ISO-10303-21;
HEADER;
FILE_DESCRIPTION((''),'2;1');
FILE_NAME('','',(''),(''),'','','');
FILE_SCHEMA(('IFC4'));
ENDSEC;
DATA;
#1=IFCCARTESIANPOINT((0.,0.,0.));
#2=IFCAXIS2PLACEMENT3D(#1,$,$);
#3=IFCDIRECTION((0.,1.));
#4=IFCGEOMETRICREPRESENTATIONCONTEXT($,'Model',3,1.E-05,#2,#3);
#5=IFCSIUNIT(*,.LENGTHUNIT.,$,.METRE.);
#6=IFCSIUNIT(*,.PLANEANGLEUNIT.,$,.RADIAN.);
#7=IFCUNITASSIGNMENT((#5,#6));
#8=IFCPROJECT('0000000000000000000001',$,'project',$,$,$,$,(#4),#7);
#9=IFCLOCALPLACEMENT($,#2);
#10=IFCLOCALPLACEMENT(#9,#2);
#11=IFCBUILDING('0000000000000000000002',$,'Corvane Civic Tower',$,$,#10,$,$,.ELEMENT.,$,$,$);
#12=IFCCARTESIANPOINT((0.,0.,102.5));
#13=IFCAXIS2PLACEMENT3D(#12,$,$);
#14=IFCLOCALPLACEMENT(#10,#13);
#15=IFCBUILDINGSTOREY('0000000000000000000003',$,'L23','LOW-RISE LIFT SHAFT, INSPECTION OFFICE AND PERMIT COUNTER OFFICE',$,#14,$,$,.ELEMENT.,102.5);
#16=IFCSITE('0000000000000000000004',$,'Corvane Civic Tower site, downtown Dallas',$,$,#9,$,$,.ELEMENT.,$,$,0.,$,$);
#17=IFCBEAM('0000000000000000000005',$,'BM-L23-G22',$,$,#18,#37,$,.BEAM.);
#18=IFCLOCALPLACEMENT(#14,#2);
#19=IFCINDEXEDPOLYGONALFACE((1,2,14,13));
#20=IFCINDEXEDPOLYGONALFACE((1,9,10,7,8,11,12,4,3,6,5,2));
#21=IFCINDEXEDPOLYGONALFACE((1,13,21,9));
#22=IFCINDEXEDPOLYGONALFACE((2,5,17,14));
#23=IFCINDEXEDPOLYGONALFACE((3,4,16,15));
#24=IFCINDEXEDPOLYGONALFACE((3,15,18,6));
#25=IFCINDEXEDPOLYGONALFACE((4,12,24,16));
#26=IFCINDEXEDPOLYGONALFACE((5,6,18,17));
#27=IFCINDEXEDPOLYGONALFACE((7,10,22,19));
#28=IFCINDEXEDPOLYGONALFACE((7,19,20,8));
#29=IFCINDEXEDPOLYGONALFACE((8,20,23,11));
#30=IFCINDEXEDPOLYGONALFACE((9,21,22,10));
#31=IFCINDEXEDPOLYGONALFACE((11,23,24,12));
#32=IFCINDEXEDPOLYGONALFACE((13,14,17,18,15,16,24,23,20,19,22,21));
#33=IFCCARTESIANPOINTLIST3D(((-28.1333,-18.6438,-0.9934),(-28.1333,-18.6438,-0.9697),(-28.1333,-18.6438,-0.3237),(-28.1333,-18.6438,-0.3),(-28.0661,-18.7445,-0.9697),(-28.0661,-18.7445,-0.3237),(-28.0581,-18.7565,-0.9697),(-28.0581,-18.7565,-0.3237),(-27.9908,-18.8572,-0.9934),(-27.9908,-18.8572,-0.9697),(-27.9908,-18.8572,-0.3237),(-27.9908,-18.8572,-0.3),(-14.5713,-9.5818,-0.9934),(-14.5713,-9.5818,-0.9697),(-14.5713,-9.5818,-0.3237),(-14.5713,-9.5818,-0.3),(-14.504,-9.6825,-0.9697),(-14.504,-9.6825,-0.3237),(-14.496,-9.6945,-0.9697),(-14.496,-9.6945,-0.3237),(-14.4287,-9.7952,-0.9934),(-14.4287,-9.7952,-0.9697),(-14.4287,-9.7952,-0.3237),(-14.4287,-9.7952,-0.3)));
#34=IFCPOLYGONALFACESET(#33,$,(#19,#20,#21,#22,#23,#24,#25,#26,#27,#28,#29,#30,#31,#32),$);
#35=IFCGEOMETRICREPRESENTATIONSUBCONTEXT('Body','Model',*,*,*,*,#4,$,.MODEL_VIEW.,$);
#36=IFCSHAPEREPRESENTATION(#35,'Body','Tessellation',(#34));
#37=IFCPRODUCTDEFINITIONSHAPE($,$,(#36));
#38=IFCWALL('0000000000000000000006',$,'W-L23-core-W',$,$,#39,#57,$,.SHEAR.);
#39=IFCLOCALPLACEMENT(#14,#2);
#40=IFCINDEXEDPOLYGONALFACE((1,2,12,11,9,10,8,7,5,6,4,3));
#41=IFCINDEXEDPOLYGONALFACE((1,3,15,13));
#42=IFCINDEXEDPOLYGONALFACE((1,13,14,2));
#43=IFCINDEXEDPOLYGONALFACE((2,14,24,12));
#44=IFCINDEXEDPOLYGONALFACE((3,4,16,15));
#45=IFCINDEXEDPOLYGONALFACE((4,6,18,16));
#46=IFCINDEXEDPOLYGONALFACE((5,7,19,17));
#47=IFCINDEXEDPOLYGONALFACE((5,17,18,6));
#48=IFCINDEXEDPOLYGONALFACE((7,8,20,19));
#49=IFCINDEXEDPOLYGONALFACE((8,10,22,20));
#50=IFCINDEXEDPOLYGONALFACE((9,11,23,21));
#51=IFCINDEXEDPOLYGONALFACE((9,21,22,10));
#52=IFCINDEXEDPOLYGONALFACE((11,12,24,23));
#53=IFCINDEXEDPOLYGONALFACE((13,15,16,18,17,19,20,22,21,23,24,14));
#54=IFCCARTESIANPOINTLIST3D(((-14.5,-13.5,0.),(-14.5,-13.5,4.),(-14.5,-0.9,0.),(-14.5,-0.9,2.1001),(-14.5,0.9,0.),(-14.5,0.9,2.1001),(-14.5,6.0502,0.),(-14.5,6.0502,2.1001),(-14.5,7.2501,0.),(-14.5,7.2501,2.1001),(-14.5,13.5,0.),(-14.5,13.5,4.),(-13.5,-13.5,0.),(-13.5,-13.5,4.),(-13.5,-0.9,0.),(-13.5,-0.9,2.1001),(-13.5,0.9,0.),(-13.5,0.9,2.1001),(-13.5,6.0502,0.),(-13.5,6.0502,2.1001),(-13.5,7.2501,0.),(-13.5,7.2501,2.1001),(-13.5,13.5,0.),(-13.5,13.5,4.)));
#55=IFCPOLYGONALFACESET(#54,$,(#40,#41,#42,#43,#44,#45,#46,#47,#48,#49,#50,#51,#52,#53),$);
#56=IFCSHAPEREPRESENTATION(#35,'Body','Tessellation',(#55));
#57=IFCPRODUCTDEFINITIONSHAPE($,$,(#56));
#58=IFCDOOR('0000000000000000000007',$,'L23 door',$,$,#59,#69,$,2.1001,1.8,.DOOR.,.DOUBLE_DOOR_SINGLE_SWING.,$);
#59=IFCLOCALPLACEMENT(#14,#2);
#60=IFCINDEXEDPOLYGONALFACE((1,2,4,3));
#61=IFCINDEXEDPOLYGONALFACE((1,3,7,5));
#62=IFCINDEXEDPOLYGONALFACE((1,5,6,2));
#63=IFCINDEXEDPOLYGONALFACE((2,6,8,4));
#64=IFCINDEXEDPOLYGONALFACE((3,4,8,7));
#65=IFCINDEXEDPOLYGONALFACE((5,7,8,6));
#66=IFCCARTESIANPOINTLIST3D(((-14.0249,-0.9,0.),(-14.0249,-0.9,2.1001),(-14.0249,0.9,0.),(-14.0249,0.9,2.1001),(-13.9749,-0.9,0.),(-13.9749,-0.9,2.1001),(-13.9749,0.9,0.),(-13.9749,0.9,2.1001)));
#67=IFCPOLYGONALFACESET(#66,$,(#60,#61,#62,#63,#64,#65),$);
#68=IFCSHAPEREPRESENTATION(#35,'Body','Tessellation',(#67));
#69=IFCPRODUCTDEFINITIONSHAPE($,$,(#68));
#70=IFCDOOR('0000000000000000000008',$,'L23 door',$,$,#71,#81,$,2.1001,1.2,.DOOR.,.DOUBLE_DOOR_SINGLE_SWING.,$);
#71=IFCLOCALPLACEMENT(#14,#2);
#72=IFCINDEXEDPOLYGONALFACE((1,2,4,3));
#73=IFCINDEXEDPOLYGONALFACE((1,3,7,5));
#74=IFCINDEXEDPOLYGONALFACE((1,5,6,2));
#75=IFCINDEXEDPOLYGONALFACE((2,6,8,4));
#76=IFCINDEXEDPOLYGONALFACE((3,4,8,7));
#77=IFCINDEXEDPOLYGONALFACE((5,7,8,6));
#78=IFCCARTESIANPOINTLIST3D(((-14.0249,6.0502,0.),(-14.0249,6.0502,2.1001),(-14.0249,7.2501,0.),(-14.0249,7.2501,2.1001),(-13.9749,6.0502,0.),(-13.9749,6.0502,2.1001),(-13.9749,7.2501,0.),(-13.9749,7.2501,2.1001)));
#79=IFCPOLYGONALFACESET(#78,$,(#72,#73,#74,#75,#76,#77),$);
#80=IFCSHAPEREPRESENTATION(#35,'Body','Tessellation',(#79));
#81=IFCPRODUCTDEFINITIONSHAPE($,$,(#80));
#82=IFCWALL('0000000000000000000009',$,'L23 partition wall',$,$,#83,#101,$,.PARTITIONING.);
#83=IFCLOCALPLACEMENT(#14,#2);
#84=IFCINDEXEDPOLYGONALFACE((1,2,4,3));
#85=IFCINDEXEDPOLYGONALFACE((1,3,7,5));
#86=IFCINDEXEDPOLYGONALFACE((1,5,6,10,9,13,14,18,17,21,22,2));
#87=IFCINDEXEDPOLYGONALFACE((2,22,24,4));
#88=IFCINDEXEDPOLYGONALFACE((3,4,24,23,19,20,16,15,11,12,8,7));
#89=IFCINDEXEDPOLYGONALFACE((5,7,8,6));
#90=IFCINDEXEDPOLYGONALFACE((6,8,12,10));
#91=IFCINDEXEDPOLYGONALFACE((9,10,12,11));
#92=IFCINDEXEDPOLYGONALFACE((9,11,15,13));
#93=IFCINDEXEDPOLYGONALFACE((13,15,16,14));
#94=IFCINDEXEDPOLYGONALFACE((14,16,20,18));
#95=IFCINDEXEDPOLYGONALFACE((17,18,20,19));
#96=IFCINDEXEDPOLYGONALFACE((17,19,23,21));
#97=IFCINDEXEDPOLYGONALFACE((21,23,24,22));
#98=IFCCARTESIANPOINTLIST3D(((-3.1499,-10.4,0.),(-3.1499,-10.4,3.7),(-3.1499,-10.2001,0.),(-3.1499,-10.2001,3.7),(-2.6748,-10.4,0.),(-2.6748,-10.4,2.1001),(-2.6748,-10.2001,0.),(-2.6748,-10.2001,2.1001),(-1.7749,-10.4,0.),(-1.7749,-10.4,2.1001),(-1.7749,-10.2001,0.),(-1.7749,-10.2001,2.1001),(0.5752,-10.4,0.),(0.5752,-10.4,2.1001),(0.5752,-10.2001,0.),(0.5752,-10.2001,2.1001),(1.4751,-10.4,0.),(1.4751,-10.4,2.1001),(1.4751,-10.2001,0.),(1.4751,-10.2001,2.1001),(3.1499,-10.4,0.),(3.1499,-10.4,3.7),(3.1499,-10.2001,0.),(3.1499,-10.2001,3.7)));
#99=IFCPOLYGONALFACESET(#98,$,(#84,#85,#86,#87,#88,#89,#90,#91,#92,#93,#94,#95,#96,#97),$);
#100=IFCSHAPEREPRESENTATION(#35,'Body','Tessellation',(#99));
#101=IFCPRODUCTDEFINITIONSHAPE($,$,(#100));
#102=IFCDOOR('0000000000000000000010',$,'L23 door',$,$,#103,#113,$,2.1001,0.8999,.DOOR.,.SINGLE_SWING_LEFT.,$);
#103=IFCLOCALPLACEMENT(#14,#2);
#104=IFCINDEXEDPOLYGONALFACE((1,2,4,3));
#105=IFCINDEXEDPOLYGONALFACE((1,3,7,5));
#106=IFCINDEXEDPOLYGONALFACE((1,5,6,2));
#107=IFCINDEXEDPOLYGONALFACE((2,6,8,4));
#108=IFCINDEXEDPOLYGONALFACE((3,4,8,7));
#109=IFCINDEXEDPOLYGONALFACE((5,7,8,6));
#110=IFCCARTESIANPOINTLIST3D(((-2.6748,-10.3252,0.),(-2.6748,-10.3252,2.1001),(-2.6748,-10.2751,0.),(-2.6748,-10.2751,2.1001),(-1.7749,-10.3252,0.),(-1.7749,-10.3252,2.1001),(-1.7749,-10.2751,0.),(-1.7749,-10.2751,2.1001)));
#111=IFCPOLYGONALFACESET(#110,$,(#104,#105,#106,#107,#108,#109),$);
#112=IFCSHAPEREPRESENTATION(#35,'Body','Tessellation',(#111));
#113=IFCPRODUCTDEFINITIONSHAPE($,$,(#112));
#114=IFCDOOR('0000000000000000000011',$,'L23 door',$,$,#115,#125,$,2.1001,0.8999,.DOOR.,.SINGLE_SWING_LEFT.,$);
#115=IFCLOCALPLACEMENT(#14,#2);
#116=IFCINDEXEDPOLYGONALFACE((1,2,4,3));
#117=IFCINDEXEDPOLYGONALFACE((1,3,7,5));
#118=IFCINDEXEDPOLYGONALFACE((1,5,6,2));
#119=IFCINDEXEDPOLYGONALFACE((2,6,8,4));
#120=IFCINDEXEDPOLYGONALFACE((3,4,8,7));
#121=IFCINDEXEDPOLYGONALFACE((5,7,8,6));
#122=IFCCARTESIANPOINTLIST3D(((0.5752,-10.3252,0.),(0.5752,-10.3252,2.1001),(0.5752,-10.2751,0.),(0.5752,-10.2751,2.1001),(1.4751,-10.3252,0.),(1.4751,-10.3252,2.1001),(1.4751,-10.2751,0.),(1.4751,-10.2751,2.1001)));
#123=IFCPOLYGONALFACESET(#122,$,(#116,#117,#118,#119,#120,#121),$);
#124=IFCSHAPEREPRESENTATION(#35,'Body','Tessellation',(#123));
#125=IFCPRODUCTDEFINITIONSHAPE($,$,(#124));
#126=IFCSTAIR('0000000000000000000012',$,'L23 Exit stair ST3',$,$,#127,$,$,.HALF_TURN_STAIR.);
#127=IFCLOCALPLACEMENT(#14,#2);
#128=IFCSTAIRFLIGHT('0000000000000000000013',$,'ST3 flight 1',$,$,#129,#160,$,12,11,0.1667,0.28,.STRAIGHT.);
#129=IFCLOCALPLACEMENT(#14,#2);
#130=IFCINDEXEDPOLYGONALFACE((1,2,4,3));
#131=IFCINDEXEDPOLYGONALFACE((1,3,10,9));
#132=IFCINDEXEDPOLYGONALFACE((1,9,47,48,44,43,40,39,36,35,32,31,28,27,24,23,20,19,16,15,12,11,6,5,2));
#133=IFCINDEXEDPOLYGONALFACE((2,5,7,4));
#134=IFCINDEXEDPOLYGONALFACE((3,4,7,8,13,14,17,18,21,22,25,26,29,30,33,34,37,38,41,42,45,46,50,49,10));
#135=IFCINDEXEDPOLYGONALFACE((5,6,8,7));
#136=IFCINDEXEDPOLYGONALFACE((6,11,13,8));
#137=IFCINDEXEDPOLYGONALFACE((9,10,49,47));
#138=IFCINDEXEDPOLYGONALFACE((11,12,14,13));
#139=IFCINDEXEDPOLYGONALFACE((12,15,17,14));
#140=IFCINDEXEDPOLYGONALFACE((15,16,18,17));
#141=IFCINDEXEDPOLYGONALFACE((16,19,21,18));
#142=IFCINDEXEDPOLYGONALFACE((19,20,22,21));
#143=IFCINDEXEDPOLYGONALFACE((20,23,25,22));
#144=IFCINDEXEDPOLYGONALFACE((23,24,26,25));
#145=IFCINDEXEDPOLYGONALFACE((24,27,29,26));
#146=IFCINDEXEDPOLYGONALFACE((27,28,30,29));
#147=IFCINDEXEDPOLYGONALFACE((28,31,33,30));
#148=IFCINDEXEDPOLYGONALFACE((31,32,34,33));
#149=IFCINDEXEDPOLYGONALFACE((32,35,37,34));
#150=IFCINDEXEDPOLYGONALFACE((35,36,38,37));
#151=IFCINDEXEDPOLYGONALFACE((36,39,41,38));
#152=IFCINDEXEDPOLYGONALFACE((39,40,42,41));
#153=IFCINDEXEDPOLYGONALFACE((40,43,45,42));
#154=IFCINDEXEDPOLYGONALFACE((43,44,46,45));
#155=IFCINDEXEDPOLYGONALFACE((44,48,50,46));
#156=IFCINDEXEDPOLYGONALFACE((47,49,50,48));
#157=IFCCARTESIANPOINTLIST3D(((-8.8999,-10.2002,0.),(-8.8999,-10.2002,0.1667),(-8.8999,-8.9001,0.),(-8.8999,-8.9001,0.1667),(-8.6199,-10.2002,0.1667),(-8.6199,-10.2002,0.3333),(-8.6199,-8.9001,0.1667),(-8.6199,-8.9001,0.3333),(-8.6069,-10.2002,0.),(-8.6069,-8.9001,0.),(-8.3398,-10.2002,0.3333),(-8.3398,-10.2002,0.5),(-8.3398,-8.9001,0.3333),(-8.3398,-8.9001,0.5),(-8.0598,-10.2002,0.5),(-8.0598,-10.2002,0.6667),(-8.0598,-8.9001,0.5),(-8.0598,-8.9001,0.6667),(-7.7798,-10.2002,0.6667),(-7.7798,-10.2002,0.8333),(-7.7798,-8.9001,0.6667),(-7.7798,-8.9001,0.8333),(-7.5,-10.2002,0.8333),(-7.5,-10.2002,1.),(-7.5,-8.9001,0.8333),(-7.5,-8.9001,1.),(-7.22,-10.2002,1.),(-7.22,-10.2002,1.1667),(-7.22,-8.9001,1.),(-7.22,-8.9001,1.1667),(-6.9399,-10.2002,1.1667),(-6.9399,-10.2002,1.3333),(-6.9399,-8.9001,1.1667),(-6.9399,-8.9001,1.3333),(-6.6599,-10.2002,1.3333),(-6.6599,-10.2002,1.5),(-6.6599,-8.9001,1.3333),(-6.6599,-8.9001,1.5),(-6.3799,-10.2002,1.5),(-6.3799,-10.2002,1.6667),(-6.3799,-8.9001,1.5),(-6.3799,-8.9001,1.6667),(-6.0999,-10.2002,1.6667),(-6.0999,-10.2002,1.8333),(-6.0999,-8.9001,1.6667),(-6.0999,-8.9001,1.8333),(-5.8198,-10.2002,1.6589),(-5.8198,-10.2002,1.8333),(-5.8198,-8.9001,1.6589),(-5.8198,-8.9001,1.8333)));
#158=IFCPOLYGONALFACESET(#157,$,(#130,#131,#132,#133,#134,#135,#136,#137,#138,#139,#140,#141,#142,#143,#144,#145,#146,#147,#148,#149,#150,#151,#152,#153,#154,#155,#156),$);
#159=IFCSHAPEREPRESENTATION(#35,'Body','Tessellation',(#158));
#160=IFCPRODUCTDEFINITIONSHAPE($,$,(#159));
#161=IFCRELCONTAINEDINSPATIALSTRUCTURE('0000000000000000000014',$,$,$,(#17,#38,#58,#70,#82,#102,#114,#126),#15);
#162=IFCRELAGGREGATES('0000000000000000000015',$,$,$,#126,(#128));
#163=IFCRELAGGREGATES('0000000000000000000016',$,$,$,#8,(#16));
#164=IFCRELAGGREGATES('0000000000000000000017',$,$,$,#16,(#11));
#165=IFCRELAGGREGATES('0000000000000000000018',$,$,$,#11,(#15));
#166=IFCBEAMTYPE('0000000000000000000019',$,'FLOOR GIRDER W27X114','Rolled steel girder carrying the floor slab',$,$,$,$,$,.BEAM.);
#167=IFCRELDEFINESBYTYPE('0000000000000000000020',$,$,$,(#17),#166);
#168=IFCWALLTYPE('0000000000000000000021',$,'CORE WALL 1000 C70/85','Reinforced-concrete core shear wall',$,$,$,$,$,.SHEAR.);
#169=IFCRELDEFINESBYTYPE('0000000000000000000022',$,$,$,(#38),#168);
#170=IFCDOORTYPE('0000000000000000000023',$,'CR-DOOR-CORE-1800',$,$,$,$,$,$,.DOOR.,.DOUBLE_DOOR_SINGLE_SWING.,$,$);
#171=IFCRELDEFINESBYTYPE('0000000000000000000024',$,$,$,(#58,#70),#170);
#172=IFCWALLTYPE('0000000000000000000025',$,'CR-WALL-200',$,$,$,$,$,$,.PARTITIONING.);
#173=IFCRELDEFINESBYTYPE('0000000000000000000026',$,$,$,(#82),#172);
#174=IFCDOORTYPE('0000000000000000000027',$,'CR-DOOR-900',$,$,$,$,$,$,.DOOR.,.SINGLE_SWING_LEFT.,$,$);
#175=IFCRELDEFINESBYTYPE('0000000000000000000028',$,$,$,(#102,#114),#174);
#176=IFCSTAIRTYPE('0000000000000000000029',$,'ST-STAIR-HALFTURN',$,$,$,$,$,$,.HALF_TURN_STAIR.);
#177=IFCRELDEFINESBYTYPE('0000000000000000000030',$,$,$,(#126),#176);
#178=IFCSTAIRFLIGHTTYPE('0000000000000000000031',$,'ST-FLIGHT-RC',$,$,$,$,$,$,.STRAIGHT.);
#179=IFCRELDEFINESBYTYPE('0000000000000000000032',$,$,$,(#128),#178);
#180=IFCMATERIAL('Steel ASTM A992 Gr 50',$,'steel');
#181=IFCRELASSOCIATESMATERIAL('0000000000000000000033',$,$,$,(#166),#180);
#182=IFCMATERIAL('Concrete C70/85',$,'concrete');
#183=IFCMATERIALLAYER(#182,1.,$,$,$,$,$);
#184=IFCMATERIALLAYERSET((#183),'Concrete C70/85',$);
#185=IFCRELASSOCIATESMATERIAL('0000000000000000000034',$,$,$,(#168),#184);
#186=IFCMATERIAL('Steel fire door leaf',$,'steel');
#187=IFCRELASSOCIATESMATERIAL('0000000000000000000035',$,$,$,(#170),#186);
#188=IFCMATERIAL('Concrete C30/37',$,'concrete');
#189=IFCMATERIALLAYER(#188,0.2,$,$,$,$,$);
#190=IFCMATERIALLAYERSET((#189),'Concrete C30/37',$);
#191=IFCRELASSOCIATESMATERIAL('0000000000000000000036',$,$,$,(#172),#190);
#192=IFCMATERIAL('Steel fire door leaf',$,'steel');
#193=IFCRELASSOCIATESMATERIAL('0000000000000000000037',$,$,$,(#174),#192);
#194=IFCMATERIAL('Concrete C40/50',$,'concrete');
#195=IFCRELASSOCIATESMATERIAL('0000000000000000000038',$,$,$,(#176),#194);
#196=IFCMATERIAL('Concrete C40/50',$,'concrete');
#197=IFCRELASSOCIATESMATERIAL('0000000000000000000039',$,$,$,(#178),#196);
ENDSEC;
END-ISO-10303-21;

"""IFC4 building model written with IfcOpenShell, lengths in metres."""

from ifc_helpers import new_model, si_unit, direction, frame, frame_2d, origin, origin_2d, place, context, subcontext, project, spatial, polyline, rectangle, i_section, outline, extrude, material, layer, layer_set, material_profile, profile_set, type_object, element, fill, aggregate, save


model = new_model("IFC4")

# Units and contexts
model_context = context("Model", 3, precision=1e-05, world=origin(), true_north=direction((0.0, 1.0)))
body_context = subcontext(model_context, "Body", "Model", "MODEL_VIEW")
ifc_project = project(units=[si_unit("LENGTHUNIT", "METRE"), si_unit("PLANEANGLEUNIT", "RADIAN")], contexts=[model_context])

# Site, building, storey
site_placement = place(None, origin())
site = spatial("IfcSite", under=ifc_project, at=site_placement, Name="Corvane Civic Tower site, downtown Dallas", CompositionType="ELEMENT", RefElevation=0.0)
building_placement = place(site_placement, origin())
building = spatial("IfcBuilding", under=site, at=building_placement, Name="Corvane Civic Tower", CompositionType="ELEMENT")
storey_placement = place(building_placement, frame((0.0, 0.0, 102.5)))
storey = spatial("IfcBuildingStorey", under=building, at=storey_placement, Name="L23", Description="LOW-RISE LIFT SHAFT, INSPECTION OFFICE AND PERMIT COUNTER OFFICE", CompositionType="ELEMENT", Elevation=102.5)

# Beam
ifc_material_1 = material(Name="Steel ASTM A992 Gr 50", Category="steel")
ifc_material_profile = material_profile(ifc_material_1, i_section(OverallWidth=0.2566, OverallDepth=0.6934, WebThickness=0.0144, FlangeThickness=0.0237, at=origin_2d()), Name="W27X114")
ifc_profile_set = profile_set([ifc_material_profile], Name="Steel ASTM A992 Gr 50")
beam_type = type_object("IfcBeamType", Name="FLOOR GIRDER W27X114", Description="Rolled steel girder carrying the floor slab", PredefinedType="BEAM", material=ifc_profile_set)
beam_placement = place(storey_placement, frame((-14.5, -9.6885, -0.6467), z_axis=(-0.831465, -0.555577, 0.0), x_axis=(0.555577, -0.831465, 0.0)))
element("IfcBeam", 1, at=beam_placement, inside=storey, type_object=beam_type, Name="BM-L23-G22", PredefinedType="BEAM", context=body_context, shape_type="SweptSolid", body=[
    extrude(i_section(OverallWidth=0.2566, OverallDepth=0.6934, WebThickness=0.0144, FlangeThickness=0.0237, at=origin_2d()), origin(), (0.0, 0.0, 1.0), 16.311),
])

# Walls, openings, doors
ifc_material_2 = material(Name="Concrete C70/85", Category="concrete")
ifc_layer_1 = layer(ifc_material_2, 1.0)
ifc_layer_set_1 = layer_set([ifc_layer_1], Name="Concrete C70/85")
wall_type_1 = type_object("IfcWallType", Name="CORE WALL 1000 C70/85", Description="Reinforced-concrete core shear wall", PredefinedType="SHEAR", material=ifc_layer_set_1)
wall_1_placement = place(storey_placement, frame((-14.0, -13.5, 0.0), z_axis=(0.0, 0.0, 1.0), x_axis=(0.0, 1.0, 0.0)))
wall_1 = element("IfcWall", 2, at=wall_1_placement, inside=storey, type_object=wall_type_1, Name="W-L23-core-W", PredefinedType="SHEAR", context=body_context, shape_type="SweptSolid", body=[
    extrude(rectangle(XDim=27.0, YDim=1.0, at=frame_2d((13.5, 0.0))), origin(), (0.0, 0.0, 1.0), 4.0),
])
opening_1_placement = place(wall_1_placement, frame((12.6001, 0.0, 0.0)))
opening_1 = element("IfcOpeningElement", 3, at=opening_1_placement, cuts=wall_1, PredefinedType="OPENING", context=body_context, shape_type="SweptSolid", body=[
    extrude(rectangle(XDim=1.8, YDim=2.1001, at=frame_2d((0.8999, 1.05))), frame((0.0, 0.51, 0.0), z_axis=(0.0, -1.0, 0.0), x_axis=(1.0, 0.0, 0.0)), (0.0, 0.0, 1.0), 1.02),
])
opening_2_placement = place(wall_1_placement, frame((19.55, 0.0, 0.0)))
opening_2 = element("IfcOpeningElement", 4, at=opening_2_placement, cuts=wall_1, PredefinedType="OPENING", context=body_context, shape_type="SweptSolid", body=[
    extrude(rectangle(XDim=1.2, YDim=2.1001, at=frame_2d((0.6001, 1.05))), frame((0.0, 0.51, 0.0), z_axis=(0.0, -1.0, 0.0), x_axis=(1.0, 0.0, 0.0)), (0.0, 0.0, 1.0), 1.02),
])
ifc_material_3 = material(Name="Steel fire door leaf", Category="steel")
door_type_1 = type_object("IfcDoorType", Name="CR-DOOR-CORE-1800", OperationType="DOUBLE_DOOR_SINGLE_SWING", PredefinedType="DOOR", material=ifc_material_3)
door_1_placement = place(opening_1_placement, origin())
door_1 = element("IfcDoor", 5, at=door_1_placement, inside=storey, type_object=door_type_1, Name="L23 door", OperationType="DOUBLE_DOOR_SINGLE_SWING", OverallHeight=2.1001, OverallWidth=1.8, PredefinedType="DOOR", context=body_context, shape_type="SweptSolid", body=[
    extrude(rectangle(XDim=1.8, YDim=2.1001, at=frame_2d((0.8999, 1.05))), frame((0.0, 0.0249, 0.0), z_axis=(0.0, -1.0, 0.0), x_axis=(1.0, 0.0, 0.0)), (0.0, 0.0, 1.0), 0.05),
])
fill(opening_1, door_1)
door_2_placement = place(opening_2_placement, origin())
door_2 = element("IfcDoor", 6, at=door_2_placement, inside=storey, type_object=door_type_1, Name="L23 door", OperationType="DOUBLE_DOOR_SINGLE_SWING", OverallHeight=2.1001, OverallWidth=1.2, PredefinedType="DOOR", context=body_context, shape_type="SweptSolid", body=[
    extrude(rectangle(XDim=1.2, YDim=2.1001, at=frame_2d((0.6001, 1.05))), frame((0.0, 0.0249, 0.0), z_axis=(0.0, -1.0, 0.0), x_axis=(1.0, 0.0, 0.0)), (0.0, 0.0, 1.0), 0.05),
])
fill(opening_2, door_2)
ifc_material_4 = material(Name="Concrete C30/37", Category="concrete")
ifc_layer_2 = layer(ifc_material_4, 0.2)
ifc_layer_set_2 = layer_set([ifc_layer_2], Name="Concrete C30/37")
wall_type_2 = type_object("IfcWallType", Name="CR-WALL-200", PredefinedType="PARTITIONING", material=ifc_layer_set_2)
wall_2_placement = place(storey_placement, frame((-3.1499, -10.3, 0.0), z_axis=(0.0, 0.0, 1.0), x_axis=(1.0, 0.0, 0.0)))
wall_2 = element("IfcWall", 7, at=wall_2_placement, inside=storey, type_object=wall_type_2, Name="L23 partition wall", PredefinedType="PARTITIONING", context=body_context, shape_type="SweptSolid", body=[
    extrude(rectangle(XDim=6.2998, YDim=0.2, at=frame_2d((3.1499, 0.0))), origin(), (0.0, 0.0, 1.0), 3.7),
])
opening_3_placement = place(wall_2_placement, frame((0.4751, 0.0, 0.0)))
opening_3 = element("IfcOpeningElement", 8, at=opening_3_placement, cuts=wall_2, PredefinedType="OPENING", context=body_context, shape_type="SweptSolid", body=[
    extrude(rectangle(XDim=0.8999, YDim=2.1001, at=frame_2d((0.45, 1.05))), frame((0.0, 0.1099, 0.0), z_axis=(0.0, -1.0, 0.0), x_axis=(1.0, 0.0, 0.0)), (0.0, 0.0, 1.0), 0.22),
])
opening_4_placement = place(wall_2_placement, frame((3.7251, 0.0, 0.0)))
opening_4 = element("IfcOpeningElement", 9, at=opening_4_placement, cuts=wall_2, PredefinedType="OPENING", context=body_context, shape_type="SweptSolid", body=[
    extrude(rectangle(XDim=0.8999, YDim=2.1001, at=frame_2d((0.45, 1.05))), frame((0.0, 0.1099, 0.0), z_axis=(0.0, -1.0, 0.0), x_axis=(1.0, 0.0, 0.0)), (0.0, 0.0, 1.0), 0.22),
])
ifc_material_5 = material(Name="Steel fire door leaf", Category="steel")
door_type_2 = type_object("IfcDoorType", Name="CR-DOOR-900", OperationType="SINGLE_SWING_LEFT", PredefinedType="DOOR", material=ifc_material_5)
door_3_placement = place(opening_3_placement, origin())
door_3 = element("IfcDoor", 10, at=door_3_placement, inside=storey, type_object=door_type_2, Name="L23 door", OperationType="SINGLE_SWING_LEFT", OverallHeight=2.1001, OverallWidth=0.8999, PredefinedType="DOOR", context=body_context, shape_type="SweptSolid", body=[
    extrude(rectangle(XDim=0.8999, YDim=2.1001, at=frame_2d((0.45, 1.05))), frame((0.0, 0.0249, 0.0), z_axis=(0.0, -1.0, 0.0), x_axis=(1.0, 0.0, 0.0)), (0.0, 0.0, 1.0), 0.05),
])
fill(opening_3, door_3)
door_4_placement = place(opening_4_placement, origin())
door_4 = element("IfcDoor", 11, at=door_4_placement, inside=storey, type_object=door_type_2, Name="L23 door", OperationType="SINGLE_SWING_LEFT", OverallHeight=2.1001, OverallWidth=0.8999, PredefinedType="DOOR", context=body_context, shape_type="SweptSolid", body=[
    extrude(rectangle(XDim=0.8999, YDim=2.1001, at=frame_2d((0.45, 1.05))), frame((0.0, 0.0249, 0.0), z_axis=(0.0, -1.0, 0.0), x_axis=(1.0, 0.0, 0.0)), (0.0, 0.0, 1.0), 0.05),
])
fill(opening_4, door_4)

# Stair, stair flight
ifc_material_6 = material(Name="Concrete C40/50", Category="concrete")
stair_type = type_object("IfcStairType", Name="ST-STAIR-HALFTURN", PredefinedType="HALF_TURN_STAIR", material=ifc_material_6)
stair_placement = place(storey_placement, origin())
stair = element("IfcStair", 12, at=stair_placement, inside=storey, type_object=stair_type, Name="L23 Exit stair ST3", PredefinedType="HALF_TURN_STAIR")
ifc_material_7 = material(Name="Concrete C40/50", Category="concrete")
stair_flight_type = type_object("IfcStairFlightType", Name="ST-FLIGHT-RC", PredefinedType="STRAIGHT", material=ifc_material_7)
stair_flight_1_placement = place(storey_placement, frame((-8.8999, -9.55, 0.0), z_axis=(0.0, 0.0, 1.0), x_axis=(1.0, 0.0, 0.0)))
stair_flight_1 = element("IfcStairFlight", 13, at=stair_flight_1_placement, type_object=stair_flight_type, Name="ST3 flight 1", NumberOfRisers=12, NumberOfTreads=11, PredefinedType="STRAIGHT", RiserHeight=0.1667, TreadLength=0.28, context=body_context, shape_type="SweptSolid", body=[
    extrude(outline(polyline([(0.0, 0.0), (0.0, 0.1667), (0.28, 0.1667), (0.28, 0.3333), (0.5601, 0.3333), (0.5601, 0.5), (0.8401, 0.5), (0.8401, 0.6667), (1.1201, 0.6667), (1.1201, 0.8333), (1.3999, 0.8333), (1.3999, 1.0), (1.6799, 1.0), (1.6799, 1.1667), (1.96, 1.1667), (1.96, 1.3333), (2.24, 1.3333), (2.24, 1.5), (2.52, 1.5), (2.52, 1.6667), (2.8, 1.6667), (2.8, 1.8333), (3.0801, 1.8333), (3.0801, 2.0), (3.0801, 1.6589), (0.293, 0.0), (0.0, 0.0)])), frame((0.0, 0.6499, 0.0), z_axis=(0.0, -1.0, 0.0), x_axis=(1.0, 0.0, 0.0)), (0.0, 0.0, 1.0), 1.3),
])
aggregate(stair, [stair_flight_1])

save(model, "model.ifc")
